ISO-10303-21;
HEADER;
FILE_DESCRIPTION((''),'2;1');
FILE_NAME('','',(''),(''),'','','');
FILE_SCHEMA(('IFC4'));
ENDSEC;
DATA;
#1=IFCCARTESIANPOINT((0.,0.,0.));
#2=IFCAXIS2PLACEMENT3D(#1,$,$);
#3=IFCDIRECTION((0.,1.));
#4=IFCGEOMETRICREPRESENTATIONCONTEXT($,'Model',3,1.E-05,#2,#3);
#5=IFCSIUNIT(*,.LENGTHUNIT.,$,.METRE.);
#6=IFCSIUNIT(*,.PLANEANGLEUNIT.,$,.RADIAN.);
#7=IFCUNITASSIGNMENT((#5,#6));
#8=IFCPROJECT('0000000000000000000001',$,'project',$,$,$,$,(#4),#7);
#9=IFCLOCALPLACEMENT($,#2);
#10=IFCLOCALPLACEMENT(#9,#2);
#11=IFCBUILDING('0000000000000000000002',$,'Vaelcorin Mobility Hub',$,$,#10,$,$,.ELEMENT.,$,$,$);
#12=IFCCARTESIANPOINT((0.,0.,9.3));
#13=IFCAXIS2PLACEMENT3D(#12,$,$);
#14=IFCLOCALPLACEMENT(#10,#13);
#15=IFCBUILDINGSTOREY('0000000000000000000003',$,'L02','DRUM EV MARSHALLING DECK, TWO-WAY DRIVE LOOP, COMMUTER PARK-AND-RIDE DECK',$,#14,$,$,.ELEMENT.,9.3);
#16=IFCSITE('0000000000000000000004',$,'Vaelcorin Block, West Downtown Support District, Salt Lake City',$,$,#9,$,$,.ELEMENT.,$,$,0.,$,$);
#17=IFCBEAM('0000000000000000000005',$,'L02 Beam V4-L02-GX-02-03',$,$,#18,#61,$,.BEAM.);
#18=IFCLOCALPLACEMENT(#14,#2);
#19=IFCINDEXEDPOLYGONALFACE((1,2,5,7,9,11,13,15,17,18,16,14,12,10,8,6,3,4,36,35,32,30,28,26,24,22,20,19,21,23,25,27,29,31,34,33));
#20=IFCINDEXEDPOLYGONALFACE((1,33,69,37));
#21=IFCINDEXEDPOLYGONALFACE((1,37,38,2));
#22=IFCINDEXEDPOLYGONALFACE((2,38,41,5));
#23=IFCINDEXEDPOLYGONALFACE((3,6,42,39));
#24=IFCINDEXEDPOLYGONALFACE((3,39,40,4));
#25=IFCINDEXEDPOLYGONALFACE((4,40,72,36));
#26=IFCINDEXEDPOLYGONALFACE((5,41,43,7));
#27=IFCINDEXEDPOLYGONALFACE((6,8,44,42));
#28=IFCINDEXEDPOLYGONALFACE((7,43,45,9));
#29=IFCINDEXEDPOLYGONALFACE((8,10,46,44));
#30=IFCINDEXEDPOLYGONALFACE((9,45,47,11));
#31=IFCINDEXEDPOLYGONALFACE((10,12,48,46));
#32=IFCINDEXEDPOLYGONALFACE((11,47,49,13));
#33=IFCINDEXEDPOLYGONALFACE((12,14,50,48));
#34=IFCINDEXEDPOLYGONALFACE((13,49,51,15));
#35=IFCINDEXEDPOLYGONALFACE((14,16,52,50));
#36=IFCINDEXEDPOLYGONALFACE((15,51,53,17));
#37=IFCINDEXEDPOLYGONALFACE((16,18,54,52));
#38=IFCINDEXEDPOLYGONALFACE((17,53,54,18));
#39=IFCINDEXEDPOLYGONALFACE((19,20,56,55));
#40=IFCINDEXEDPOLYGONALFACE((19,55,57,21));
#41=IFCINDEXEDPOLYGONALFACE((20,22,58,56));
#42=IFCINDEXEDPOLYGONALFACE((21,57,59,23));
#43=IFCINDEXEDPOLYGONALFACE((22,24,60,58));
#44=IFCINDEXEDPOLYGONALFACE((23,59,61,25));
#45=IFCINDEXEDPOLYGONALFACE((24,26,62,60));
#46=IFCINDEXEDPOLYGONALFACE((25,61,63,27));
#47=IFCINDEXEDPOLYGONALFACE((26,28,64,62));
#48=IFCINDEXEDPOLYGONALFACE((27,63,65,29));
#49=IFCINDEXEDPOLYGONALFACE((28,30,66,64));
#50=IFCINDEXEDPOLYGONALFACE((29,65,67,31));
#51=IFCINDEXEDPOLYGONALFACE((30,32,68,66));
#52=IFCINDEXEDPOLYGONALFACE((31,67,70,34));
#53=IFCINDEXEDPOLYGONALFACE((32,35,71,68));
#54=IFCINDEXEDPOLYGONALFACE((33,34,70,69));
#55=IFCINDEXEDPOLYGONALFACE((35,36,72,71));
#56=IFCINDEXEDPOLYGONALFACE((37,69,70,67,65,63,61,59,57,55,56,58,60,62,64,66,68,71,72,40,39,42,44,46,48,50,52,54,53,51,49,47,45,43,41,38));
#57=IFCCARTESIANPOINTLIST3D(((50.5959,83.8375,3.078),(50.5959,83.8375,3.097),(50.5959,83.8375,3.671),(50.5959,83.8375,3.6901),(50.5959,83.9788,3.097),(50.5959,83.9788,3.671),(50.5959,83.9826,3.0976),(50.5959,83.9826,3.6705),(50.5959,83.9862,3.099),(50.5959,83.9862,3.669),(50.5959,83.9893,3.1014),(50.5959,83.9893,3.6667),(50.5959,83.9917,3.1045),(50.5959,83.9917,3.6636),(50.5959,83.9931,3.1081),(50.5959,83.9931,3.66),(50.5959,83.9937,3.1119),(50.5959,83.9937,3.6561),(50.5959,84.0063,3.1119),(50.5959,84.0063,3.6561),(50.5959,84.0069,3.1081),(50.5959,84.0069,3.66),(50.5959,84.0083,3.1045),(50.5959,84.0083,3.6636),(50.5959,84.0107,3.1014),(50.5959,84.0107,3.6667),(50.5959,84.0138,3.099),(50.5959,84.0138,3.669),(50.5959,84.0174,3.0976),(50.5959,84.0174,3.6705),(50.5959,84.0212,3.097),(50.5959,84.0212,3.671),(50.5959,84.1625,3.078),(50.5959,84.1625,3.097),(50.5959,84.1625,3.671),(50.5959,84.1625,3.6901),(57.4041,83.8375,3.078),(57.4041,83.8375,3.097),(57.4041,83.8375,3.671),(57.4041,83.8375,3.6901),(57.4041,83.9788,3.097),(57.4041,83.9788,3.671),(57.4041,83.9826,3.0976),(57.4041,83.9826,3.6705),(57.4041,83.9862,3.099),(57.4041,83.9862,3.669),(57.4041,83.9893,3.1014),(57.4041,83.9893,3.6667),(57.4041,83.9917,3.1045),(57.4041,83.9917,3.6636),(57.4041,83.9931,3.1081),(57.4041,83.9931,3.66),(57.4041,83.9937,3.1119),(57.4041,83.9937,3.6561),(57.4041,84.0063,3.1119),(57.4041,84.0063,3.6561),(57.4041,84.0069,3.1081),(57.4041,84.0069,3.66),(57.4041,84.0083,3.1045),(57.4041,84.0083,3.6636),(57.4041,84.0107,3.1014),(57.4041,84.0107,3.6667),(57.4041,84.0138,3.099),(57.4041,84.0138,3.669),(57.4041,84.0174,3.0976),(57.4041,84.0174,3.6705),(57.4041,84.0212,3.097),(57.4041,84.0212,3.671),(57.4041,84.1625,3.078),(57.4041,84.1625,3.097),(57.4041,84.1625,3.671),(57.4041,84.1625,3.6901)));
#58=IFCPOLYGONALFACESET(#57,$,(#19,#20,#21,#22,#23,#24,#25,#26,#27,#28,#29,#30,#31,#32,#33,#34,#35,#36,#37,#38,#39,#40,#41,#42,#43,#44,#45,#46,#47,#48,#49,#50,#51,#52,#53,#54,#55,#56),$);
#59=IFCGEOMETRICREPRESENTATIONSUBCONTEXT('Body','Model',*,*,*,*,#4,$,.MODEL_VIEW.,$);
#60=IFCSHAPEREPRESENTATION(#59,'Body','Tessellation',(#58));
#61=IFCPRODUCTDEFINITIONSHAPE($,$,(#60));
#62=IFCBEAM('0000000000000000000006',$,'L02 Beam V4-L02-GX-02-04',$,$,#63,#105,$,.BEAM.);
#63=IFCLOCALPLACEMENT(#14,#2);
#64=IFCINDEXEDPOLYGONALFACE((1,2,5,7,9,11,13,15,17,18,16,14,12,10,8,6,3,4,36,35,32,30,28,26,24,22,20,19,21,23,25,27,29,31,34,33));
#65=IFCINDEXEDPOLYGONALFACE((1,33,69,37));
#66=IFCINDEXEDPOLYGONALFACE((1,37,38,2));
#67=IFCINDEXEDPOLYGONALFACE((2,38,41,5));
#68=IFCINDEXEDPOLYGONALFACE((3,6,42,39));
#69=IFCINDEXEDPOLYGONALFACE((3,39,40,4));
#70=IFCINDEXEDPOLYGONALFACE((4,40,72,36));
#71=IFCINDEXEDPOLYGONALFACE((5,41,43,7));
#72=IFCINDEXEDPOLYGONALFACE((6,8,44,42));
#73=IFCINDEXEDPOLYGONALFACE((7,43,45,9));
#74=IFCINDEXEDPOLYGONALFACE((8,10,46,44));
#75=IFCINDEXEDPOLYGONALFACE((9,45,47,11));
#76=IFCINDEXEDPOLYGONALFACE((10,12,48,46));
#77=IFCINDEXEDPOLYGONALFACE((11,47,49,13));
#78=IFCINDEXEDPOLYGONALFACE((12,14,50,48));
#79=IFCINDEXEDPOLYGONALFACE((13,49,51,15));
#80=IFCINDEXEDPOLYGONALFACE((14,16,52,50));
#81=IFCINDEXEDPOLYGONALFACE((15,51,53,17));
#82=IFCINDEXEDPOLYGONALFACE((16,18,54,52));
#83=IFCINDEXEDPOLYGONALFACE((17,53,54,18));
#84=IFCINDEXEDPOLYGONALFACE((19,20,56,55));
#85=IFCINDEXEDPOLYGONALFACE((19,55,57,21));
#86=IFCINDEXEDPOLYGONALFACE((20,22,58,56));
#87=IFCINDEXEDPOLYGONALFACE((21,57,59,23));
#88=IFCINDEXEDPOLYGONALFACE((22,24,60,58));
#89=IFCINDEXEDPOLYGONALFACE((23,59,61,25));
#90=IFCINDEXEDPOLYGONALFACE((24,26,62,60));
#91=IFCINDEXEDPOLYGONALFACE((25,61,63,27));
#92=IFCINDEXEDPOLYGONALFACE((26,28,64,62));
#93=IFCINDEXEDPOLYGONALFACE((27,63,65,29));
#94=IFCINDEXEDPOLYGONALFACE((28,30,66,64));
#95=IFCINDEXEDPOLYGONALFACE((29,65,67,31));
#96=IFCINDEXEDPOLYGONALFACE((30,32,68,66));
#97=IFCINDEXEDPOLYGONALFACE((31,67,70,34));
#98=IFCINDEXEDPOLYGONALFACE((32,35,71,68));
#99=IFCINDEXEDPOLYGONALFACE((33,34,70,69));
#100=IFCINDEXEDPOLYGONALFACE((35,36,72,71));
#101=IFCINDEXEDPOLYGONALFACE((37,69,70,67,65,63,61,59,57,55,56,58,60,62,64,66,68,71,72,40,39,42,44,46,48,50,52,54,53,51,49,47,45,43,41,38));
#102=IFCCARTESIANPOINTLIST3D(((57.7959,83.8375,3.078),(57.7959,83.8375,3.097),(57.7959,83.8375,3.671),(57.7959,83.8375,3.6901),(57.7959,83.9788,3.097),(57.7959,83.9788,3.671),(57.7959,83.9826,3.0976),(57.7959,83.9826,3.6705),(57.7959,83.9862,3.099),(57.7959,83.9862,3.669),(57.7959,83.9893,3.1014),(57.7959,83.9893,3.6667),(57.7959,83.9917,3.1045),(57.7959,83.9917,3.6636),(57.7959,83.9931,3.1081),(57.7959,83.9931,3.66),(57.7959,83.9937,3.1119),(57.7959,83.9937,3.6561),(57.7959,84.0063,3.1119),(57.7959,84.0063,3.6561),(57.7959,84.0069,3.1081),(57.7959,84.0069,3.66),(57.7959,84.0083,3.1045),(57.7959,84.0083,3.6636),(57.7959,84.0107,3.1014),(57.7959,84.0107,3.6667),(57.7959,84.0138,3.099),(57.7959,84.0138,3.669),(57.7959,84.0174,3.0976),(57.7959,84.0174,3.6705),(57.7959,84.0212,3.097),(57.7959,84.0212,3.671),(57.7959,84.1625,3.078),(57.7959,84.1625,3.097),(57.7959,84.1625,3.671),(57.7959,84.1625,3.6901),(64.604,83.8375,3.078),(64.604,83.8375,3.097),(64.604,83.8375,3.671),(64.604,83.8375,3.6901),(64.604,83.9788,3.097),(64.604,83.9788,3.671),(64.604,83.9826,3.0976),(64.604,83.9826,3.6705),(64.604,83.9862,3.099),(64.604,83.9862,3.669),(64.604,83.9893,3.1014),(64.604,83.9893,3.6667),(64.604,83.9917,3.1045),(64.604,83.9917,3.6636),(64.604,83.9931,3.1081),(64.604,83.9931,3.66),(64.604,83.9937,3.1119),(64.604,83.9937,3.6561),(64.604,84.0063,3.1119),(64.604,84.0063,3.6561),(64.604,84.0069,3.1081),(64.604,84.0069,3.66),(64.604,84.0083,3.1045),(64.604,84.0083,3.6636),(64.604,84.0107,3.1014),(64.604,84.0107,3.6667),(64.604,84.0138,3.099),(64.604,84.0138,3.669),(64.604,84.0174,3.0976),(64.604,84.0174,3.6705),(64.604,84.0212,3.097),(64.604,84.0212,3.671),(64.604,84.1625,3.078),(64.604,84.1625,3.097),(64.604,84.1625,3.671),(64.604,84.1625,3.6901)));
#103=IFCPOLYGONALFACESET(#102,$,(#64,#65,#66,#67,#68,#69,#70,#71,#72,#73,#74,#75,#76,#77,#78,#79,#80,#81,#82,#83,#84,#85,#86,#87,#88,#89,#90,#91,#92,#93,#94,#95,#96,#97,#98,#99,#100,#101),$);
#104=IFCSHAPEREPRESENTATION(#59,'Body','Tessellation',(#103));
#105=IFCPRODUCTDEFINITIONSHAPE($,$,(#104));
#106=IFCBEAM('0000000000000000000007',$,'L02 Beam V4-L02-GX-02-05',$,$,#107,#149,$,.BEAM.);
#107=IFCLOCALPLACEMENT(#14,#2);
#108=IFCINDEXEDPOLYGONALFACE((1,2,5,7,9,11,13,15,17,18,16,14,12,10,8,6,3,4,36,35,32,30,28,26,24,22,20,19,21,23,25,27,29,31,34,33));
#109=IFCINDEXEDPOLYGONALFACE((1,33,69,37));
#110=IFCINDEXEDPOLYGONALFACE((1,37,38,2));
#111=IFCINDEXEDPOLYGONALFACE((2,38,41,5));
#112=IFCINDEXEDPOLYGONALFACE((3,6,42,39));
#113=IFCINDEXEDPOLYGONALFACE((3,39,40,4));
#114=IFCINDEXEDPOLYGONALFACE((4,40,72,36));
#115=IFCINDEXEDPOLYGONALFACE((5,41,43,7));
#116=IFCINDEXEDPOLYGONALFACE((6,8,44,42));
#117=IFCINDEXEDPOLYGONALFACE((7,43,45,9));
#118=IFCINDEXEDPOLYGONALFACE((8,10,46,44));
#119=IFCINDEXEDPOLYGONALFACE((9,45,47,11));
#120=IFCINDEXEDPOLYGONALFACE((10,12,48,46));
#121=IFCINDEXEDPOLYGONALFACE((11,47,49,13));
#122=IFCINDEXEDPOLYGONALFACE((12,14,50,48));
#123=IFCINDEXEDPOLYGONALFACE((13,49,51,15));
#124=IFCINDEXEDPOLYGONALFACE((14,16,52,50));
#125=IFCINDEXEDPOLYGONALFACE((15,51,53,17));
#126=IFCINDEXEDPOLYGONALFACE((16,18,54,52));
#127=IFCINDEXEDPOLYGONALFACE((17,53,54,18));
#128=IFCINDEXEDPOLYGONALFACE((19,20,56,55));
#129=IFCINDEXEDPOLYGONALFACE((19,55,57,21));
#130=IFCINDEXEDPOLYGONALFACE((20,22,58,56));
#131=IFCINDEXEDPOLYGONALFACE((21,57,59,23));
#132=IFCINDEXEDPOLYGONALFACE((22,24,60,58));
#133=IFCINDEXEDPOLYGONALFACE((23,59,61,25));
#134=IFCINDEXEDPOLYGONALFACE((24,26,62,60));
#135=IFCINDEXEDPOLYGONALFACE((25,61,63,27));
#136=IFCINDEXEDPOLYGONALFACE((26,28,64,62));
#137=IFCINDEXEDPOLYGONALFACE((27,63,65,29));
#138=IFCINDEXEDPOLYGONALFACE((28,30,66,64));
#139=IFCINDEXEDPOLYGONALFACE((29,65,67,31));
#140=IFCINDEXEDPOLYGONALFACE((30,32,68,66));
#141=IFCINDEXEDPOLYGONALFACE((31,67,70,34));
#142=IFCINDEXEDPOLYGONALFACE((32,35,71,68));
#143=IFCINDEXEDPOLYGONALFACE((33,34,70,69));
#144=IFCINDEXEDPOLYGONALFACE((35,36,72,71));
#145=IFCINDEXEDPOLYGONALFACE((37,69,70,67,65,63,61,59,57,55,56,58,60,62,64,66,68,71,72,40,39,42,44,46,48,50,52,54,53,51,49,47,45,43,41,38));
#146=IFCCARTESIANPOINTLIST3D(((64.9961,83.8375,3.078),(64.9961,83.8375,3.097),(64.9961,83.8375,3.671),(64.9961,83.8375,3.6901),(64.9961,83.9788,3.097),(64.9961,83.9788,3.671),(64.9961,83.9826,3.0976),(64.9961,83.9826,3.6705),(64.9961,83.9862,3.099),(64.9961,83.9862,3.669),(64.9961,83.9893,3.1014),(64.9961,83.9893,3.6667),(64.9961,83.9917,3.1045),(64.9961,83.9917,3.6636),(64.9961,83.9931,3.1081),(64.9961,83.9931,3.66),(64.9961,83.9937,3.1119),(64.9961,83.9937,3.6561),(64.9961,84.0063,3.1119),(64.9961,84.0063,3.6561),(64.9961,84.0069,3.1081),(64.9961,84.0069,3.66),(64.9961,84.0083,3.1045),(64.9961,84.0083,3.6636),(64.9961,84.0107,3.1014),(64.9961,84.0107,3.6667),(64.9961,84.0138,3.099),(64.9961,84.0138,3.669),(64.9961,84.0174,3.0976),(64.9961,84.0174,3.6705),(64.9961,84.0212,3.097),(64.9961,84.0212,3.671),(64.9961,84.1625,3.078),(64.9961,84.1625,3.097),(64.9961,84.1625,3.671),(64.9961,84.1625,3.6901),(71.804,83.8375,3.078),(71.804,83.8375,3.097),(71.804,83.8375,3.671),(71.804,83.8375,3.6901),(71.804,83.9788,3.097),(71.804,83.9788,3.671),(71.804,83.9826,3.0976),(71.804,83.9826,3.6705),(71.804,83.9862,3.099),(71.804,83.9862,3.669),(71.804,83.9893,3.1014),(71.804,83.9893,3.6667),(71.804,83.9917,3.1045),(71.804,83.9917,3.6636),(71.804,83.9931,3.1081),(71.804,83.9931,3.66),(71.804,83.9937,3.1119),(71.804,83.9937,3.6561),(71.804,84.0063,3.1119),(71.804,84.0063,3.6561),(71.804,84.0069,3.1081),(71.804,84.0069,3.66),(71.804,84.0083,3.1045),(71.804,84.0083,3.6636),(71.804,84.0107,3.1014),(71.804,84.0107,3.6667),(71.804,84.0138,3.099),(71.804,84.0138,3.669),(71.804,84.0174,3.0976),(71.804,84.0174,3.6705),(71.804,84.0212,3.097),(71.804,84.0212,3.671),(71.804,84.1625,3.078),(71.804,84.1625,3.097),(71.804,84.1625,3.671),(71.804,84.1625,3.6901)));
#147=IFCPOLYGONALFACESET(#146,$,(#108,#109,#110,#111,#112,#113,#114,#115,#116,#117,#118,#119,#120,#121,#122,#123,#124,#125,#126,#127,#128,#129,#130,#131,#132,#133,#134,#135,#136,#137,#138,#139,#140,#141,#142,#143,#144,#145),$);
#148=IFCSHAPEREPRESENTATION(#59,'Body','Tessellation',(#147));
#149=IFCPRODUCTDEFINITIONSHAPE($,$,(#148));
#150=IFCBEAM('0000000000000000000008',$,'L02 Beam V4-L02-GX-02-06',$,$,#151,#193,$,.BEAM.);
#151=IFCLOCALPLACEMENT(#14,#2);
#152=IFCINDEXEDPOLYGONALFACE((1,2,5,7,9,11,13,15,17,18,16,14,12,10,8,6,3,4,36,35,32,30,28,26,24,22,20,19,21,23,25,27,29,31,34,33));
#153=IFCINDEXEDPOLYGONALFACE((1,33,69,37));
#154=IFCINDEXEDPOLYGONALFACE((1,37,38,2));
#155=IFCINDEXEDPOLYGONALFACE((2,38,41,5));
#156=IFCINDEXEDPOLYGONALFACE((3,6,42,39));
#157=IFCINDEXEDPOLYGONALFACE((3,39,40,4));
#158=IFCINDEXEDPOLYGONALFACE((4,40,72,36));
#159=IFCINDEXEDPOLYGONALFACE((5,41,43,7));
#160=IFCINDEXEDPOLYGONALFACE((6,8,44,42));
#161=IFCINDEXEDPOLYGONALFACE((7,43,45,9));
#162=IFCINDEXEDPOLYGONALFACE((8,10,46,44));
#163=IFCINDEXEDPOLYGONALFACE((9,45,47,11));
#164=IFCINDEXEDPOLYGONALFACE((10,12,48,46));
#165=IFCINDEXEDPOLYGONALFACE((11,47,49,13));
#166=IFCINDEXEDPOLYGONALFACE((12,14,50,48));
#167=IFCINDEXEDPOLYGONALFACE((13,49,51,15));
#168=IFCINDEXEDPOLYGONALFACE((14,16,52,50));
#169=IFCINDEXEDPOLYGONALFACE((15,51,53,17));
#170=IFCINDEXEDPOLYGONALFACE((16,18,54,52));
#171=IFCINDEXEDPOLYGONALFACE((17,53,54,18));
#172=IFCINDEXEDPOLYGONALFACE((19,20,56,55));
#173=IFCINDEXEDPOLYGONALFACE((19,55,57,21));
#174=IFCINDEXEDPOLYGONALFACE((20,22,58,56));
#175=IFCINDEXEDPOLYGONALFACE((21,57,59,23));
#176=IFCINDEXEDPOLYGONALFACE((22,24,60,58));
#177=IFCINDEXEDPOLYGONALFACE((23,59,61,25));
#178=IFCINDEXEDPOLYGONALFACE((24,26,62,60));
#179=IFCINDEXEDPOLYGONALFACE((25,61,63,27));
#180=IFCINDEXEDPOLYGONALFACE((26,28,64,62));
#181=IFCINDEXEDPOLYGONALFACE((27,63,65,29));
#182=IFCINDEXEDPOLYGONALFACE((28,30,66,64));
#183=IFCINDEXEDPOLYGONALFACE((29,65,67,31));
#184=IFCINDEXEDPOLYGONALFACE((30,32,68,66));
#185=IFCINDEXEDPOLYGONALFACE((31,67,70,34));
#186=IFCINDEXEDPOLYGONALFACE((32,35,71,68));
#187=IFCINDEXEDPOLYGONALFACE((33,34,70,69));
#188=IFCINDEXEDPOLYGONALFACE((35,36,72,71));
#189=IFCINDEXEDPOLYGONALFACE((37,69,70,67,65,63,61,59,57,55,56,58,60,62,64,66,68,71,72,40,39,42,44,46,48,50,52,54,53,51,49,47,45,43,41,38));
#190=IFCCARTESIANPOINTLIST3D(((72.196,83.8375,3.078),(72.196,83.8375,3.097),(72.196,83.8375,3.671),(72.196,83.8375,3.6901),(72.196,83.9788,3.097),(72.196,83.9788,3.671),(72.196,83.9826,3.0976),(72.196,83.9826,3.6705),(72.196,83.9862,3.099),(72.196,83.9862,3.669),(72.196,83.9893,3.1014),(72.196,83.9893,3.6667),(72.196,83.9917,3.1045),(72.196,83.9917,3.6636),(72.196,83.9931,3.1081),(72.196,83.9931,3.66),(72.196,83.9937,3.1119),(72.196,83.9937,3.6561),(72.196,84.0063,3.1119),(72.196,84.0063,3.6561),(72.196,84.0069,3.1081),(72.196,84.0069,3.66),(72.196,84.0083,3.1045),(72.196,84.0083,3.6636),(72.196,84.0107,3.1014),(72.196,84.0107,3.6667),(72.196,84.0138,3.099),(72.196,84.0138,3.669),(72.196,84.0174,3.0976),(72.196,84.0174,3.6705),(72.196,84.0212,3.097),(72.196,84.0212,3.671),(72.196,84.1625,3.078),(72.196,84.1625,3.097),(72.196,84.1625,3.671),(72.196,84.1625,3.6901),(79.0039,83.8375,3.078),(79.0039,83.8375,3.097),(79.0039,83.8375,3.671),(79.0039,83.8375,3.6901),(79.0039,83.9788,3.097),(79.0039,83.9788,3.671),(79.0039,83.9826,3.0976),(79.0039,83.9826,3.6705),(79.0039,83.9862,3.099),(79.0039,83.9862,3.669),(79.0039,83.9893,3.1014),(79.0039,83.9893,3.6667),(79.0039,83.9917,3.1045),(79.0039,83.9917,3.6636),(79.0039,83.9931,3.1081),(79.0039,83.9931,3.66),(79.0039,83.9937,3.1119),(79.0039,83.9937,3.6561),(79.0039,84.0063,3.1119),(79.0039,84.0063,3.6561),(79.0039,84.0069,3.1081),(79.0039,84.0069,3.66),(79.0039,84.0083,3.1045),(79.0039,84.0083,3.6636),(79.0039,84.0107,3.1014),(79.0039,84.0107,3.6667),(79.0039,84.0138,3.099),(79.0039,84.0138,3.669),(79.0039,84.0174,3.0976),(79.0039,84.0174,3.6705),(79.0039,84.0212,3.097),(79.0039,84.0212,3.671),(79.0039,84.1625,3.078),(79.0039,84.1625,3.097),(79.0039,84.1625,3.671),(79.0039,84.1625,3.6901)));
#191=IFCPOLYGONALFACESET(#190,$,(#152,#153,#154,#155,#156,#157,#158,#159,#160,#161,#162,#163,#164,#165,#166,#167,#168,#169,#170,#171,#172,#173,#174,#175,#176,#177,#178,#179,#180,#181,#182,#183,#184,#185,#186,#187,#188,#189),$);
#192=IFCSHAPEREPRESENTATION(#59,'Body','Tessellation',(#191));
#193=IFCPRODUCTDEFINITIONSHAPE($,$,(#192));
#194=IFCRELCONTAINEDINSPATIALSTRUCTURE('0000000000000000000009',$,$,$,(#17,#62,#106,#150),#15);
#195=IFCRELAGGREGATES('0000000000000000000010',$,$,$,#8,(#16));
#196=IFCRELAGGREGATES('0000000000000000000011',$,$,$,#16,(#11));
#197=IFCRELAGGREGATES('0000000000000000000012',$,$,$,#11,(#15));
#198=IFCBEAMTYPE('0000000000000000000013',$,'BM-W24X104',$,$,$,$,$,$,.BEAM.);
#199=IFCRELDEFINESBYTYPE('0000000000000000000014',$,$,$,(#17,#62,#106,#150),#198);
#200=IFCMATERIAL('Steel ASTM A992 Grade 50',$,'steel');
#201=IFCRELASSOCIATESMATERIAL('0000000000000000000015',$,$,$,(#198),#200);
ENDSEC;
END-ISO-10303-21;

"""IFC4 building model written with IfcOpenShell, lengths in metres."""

from ifc_helpers import new_model, si_unit, direction, frame, origin, origin_2d, place, context, subcontext, project, spatial, i_section, extrude, material, material_profile, profile_set, type_object, element, save


model = new_model("IFC4")

# Units and contexts
model_context = context("Model", 3, precision=1e-05, world=origin(), true_north=direction((0.0, 1.0)))
body_context = subcontext(model_context, "Body", "Model", "MODEL_VIEW")
ifc_project = project(units=[si_unit("LENGTHUNIT", "METRE"), si_unit("PLANEANGLEUNIT", "RADIAN")], contexts=[model_context])

# Site, building, storey
site_placement = place(None, origin())
site = spatial("IfcSite", under=ifc_project, at=site_placement, Name="Vaelcorin Block, West Downtown Support District, Salt Lake City", CompositionType="ELEMENT", RefElevation=0.0)
building_placement = place(site_placement, origin())
building = spatial("IfcBuilding", under=site, at=building_placement, Name="Vaelcorin Mobility Hub", CompositionType="ELEMENT")
storey_placement = place(building_placement, frame((0.0, 0.0, 9.3)))
storey = spatial("IfcBuildingStorey", under=building, at=storey_placement, Name="L02", Description="DRUM EV MARSHALLING DECK, TWO-WAY DRIVE LOOP, COMMUTER PARK-AND-RIDE DECK", CompositionType="ELEMENT", Elevation=9.3)

# Shared definitions
ifc_material_1 = material(Name="Steel ASTM A992 Grade 50", Category="steel")

# Beams
ifc_material_profile_1 = material_profile(ifc_material_1, i_section(OverallWidth=0.325, OverallDepth=0.6121, WebThickness=0.0127, FlangeThickness=0.019, FilletRadius=0.0149, at=origin_2d()), Name="W24X104")
ifc_profile_set_1 = profile_set([ifc_material_profile_1], Name="Steel ASTM A992 Grade 50")
beam_type_1 = type_object("IfcBeamType", Name="BM-W24X104", PredefinedType="BEAM", material=ifc_profile_set_1)
for number, where, z_axis, x_axis, name in (
    (1, (50.5959, 84.0, 3.384), (1.0, 0.0, 0.0), (0.0, 1.0, 0.0), "L02 Beam V4-L02-GX-02-03"),
    (2, (57.7959, 84.0, 3.384), (1.0, 0.0, 0.0), (0.0, 1.0, 0.0), "L02 Beam V4-L02-GX-02-04"),
):
    element("IfcBeam", number, at=place(storey_placement, frame(where, z_axis=z_axis, x_axis=x_axis)), inside=storey, type_object=beam_type_1, Name=name, PredefinedType="BEAM", context=body_context, shape_type="SweptSolid", body=[
        extrude(i_section(OverallWidth=0.325, OverallDepth=0.6121, WebThickness=0.0127, FlangeThickness=0.019, FilletRadius=0.0149, at=origin_2d()), origin(), (0.0, 0.0, 1.0), 6.8081),
    ])
for number, where, z_axis, x_axis, name in (
    (3, (64.9961, 84.0, 3.384), (1.0, 0.0, 0.0), (0.0, 1.0, 0.0), "L02 Beam V4-L02-GX-02-05"),
    (4, (72.196, 84.0, 3.384), (1.0, 0.0, 0.0), (0.0, 1.0, 0.0), "L02 Beam V4-L02-GX-02-06"),
):
    element("IfcBeam", number, at=place(storey_placement, frame(where, z_axis=z_axis, x_axis=x_axis)), inside=storey, type_object=beam_type_1, Name=name, PredefinedType="BEAM", context=body_context, shape_type="SweptSolid", body=[
        extrude(i_section(OverallWidth=0.325, OverallDepth=0.6121, WebThickness=0.0127, FlangeThickness=0.019, FilletRadius=0.0149, at=origin_2d()), origin(), (0.0, 0.0, 1.0), 6.8079),
    ])

save(model, "model.ifc")
